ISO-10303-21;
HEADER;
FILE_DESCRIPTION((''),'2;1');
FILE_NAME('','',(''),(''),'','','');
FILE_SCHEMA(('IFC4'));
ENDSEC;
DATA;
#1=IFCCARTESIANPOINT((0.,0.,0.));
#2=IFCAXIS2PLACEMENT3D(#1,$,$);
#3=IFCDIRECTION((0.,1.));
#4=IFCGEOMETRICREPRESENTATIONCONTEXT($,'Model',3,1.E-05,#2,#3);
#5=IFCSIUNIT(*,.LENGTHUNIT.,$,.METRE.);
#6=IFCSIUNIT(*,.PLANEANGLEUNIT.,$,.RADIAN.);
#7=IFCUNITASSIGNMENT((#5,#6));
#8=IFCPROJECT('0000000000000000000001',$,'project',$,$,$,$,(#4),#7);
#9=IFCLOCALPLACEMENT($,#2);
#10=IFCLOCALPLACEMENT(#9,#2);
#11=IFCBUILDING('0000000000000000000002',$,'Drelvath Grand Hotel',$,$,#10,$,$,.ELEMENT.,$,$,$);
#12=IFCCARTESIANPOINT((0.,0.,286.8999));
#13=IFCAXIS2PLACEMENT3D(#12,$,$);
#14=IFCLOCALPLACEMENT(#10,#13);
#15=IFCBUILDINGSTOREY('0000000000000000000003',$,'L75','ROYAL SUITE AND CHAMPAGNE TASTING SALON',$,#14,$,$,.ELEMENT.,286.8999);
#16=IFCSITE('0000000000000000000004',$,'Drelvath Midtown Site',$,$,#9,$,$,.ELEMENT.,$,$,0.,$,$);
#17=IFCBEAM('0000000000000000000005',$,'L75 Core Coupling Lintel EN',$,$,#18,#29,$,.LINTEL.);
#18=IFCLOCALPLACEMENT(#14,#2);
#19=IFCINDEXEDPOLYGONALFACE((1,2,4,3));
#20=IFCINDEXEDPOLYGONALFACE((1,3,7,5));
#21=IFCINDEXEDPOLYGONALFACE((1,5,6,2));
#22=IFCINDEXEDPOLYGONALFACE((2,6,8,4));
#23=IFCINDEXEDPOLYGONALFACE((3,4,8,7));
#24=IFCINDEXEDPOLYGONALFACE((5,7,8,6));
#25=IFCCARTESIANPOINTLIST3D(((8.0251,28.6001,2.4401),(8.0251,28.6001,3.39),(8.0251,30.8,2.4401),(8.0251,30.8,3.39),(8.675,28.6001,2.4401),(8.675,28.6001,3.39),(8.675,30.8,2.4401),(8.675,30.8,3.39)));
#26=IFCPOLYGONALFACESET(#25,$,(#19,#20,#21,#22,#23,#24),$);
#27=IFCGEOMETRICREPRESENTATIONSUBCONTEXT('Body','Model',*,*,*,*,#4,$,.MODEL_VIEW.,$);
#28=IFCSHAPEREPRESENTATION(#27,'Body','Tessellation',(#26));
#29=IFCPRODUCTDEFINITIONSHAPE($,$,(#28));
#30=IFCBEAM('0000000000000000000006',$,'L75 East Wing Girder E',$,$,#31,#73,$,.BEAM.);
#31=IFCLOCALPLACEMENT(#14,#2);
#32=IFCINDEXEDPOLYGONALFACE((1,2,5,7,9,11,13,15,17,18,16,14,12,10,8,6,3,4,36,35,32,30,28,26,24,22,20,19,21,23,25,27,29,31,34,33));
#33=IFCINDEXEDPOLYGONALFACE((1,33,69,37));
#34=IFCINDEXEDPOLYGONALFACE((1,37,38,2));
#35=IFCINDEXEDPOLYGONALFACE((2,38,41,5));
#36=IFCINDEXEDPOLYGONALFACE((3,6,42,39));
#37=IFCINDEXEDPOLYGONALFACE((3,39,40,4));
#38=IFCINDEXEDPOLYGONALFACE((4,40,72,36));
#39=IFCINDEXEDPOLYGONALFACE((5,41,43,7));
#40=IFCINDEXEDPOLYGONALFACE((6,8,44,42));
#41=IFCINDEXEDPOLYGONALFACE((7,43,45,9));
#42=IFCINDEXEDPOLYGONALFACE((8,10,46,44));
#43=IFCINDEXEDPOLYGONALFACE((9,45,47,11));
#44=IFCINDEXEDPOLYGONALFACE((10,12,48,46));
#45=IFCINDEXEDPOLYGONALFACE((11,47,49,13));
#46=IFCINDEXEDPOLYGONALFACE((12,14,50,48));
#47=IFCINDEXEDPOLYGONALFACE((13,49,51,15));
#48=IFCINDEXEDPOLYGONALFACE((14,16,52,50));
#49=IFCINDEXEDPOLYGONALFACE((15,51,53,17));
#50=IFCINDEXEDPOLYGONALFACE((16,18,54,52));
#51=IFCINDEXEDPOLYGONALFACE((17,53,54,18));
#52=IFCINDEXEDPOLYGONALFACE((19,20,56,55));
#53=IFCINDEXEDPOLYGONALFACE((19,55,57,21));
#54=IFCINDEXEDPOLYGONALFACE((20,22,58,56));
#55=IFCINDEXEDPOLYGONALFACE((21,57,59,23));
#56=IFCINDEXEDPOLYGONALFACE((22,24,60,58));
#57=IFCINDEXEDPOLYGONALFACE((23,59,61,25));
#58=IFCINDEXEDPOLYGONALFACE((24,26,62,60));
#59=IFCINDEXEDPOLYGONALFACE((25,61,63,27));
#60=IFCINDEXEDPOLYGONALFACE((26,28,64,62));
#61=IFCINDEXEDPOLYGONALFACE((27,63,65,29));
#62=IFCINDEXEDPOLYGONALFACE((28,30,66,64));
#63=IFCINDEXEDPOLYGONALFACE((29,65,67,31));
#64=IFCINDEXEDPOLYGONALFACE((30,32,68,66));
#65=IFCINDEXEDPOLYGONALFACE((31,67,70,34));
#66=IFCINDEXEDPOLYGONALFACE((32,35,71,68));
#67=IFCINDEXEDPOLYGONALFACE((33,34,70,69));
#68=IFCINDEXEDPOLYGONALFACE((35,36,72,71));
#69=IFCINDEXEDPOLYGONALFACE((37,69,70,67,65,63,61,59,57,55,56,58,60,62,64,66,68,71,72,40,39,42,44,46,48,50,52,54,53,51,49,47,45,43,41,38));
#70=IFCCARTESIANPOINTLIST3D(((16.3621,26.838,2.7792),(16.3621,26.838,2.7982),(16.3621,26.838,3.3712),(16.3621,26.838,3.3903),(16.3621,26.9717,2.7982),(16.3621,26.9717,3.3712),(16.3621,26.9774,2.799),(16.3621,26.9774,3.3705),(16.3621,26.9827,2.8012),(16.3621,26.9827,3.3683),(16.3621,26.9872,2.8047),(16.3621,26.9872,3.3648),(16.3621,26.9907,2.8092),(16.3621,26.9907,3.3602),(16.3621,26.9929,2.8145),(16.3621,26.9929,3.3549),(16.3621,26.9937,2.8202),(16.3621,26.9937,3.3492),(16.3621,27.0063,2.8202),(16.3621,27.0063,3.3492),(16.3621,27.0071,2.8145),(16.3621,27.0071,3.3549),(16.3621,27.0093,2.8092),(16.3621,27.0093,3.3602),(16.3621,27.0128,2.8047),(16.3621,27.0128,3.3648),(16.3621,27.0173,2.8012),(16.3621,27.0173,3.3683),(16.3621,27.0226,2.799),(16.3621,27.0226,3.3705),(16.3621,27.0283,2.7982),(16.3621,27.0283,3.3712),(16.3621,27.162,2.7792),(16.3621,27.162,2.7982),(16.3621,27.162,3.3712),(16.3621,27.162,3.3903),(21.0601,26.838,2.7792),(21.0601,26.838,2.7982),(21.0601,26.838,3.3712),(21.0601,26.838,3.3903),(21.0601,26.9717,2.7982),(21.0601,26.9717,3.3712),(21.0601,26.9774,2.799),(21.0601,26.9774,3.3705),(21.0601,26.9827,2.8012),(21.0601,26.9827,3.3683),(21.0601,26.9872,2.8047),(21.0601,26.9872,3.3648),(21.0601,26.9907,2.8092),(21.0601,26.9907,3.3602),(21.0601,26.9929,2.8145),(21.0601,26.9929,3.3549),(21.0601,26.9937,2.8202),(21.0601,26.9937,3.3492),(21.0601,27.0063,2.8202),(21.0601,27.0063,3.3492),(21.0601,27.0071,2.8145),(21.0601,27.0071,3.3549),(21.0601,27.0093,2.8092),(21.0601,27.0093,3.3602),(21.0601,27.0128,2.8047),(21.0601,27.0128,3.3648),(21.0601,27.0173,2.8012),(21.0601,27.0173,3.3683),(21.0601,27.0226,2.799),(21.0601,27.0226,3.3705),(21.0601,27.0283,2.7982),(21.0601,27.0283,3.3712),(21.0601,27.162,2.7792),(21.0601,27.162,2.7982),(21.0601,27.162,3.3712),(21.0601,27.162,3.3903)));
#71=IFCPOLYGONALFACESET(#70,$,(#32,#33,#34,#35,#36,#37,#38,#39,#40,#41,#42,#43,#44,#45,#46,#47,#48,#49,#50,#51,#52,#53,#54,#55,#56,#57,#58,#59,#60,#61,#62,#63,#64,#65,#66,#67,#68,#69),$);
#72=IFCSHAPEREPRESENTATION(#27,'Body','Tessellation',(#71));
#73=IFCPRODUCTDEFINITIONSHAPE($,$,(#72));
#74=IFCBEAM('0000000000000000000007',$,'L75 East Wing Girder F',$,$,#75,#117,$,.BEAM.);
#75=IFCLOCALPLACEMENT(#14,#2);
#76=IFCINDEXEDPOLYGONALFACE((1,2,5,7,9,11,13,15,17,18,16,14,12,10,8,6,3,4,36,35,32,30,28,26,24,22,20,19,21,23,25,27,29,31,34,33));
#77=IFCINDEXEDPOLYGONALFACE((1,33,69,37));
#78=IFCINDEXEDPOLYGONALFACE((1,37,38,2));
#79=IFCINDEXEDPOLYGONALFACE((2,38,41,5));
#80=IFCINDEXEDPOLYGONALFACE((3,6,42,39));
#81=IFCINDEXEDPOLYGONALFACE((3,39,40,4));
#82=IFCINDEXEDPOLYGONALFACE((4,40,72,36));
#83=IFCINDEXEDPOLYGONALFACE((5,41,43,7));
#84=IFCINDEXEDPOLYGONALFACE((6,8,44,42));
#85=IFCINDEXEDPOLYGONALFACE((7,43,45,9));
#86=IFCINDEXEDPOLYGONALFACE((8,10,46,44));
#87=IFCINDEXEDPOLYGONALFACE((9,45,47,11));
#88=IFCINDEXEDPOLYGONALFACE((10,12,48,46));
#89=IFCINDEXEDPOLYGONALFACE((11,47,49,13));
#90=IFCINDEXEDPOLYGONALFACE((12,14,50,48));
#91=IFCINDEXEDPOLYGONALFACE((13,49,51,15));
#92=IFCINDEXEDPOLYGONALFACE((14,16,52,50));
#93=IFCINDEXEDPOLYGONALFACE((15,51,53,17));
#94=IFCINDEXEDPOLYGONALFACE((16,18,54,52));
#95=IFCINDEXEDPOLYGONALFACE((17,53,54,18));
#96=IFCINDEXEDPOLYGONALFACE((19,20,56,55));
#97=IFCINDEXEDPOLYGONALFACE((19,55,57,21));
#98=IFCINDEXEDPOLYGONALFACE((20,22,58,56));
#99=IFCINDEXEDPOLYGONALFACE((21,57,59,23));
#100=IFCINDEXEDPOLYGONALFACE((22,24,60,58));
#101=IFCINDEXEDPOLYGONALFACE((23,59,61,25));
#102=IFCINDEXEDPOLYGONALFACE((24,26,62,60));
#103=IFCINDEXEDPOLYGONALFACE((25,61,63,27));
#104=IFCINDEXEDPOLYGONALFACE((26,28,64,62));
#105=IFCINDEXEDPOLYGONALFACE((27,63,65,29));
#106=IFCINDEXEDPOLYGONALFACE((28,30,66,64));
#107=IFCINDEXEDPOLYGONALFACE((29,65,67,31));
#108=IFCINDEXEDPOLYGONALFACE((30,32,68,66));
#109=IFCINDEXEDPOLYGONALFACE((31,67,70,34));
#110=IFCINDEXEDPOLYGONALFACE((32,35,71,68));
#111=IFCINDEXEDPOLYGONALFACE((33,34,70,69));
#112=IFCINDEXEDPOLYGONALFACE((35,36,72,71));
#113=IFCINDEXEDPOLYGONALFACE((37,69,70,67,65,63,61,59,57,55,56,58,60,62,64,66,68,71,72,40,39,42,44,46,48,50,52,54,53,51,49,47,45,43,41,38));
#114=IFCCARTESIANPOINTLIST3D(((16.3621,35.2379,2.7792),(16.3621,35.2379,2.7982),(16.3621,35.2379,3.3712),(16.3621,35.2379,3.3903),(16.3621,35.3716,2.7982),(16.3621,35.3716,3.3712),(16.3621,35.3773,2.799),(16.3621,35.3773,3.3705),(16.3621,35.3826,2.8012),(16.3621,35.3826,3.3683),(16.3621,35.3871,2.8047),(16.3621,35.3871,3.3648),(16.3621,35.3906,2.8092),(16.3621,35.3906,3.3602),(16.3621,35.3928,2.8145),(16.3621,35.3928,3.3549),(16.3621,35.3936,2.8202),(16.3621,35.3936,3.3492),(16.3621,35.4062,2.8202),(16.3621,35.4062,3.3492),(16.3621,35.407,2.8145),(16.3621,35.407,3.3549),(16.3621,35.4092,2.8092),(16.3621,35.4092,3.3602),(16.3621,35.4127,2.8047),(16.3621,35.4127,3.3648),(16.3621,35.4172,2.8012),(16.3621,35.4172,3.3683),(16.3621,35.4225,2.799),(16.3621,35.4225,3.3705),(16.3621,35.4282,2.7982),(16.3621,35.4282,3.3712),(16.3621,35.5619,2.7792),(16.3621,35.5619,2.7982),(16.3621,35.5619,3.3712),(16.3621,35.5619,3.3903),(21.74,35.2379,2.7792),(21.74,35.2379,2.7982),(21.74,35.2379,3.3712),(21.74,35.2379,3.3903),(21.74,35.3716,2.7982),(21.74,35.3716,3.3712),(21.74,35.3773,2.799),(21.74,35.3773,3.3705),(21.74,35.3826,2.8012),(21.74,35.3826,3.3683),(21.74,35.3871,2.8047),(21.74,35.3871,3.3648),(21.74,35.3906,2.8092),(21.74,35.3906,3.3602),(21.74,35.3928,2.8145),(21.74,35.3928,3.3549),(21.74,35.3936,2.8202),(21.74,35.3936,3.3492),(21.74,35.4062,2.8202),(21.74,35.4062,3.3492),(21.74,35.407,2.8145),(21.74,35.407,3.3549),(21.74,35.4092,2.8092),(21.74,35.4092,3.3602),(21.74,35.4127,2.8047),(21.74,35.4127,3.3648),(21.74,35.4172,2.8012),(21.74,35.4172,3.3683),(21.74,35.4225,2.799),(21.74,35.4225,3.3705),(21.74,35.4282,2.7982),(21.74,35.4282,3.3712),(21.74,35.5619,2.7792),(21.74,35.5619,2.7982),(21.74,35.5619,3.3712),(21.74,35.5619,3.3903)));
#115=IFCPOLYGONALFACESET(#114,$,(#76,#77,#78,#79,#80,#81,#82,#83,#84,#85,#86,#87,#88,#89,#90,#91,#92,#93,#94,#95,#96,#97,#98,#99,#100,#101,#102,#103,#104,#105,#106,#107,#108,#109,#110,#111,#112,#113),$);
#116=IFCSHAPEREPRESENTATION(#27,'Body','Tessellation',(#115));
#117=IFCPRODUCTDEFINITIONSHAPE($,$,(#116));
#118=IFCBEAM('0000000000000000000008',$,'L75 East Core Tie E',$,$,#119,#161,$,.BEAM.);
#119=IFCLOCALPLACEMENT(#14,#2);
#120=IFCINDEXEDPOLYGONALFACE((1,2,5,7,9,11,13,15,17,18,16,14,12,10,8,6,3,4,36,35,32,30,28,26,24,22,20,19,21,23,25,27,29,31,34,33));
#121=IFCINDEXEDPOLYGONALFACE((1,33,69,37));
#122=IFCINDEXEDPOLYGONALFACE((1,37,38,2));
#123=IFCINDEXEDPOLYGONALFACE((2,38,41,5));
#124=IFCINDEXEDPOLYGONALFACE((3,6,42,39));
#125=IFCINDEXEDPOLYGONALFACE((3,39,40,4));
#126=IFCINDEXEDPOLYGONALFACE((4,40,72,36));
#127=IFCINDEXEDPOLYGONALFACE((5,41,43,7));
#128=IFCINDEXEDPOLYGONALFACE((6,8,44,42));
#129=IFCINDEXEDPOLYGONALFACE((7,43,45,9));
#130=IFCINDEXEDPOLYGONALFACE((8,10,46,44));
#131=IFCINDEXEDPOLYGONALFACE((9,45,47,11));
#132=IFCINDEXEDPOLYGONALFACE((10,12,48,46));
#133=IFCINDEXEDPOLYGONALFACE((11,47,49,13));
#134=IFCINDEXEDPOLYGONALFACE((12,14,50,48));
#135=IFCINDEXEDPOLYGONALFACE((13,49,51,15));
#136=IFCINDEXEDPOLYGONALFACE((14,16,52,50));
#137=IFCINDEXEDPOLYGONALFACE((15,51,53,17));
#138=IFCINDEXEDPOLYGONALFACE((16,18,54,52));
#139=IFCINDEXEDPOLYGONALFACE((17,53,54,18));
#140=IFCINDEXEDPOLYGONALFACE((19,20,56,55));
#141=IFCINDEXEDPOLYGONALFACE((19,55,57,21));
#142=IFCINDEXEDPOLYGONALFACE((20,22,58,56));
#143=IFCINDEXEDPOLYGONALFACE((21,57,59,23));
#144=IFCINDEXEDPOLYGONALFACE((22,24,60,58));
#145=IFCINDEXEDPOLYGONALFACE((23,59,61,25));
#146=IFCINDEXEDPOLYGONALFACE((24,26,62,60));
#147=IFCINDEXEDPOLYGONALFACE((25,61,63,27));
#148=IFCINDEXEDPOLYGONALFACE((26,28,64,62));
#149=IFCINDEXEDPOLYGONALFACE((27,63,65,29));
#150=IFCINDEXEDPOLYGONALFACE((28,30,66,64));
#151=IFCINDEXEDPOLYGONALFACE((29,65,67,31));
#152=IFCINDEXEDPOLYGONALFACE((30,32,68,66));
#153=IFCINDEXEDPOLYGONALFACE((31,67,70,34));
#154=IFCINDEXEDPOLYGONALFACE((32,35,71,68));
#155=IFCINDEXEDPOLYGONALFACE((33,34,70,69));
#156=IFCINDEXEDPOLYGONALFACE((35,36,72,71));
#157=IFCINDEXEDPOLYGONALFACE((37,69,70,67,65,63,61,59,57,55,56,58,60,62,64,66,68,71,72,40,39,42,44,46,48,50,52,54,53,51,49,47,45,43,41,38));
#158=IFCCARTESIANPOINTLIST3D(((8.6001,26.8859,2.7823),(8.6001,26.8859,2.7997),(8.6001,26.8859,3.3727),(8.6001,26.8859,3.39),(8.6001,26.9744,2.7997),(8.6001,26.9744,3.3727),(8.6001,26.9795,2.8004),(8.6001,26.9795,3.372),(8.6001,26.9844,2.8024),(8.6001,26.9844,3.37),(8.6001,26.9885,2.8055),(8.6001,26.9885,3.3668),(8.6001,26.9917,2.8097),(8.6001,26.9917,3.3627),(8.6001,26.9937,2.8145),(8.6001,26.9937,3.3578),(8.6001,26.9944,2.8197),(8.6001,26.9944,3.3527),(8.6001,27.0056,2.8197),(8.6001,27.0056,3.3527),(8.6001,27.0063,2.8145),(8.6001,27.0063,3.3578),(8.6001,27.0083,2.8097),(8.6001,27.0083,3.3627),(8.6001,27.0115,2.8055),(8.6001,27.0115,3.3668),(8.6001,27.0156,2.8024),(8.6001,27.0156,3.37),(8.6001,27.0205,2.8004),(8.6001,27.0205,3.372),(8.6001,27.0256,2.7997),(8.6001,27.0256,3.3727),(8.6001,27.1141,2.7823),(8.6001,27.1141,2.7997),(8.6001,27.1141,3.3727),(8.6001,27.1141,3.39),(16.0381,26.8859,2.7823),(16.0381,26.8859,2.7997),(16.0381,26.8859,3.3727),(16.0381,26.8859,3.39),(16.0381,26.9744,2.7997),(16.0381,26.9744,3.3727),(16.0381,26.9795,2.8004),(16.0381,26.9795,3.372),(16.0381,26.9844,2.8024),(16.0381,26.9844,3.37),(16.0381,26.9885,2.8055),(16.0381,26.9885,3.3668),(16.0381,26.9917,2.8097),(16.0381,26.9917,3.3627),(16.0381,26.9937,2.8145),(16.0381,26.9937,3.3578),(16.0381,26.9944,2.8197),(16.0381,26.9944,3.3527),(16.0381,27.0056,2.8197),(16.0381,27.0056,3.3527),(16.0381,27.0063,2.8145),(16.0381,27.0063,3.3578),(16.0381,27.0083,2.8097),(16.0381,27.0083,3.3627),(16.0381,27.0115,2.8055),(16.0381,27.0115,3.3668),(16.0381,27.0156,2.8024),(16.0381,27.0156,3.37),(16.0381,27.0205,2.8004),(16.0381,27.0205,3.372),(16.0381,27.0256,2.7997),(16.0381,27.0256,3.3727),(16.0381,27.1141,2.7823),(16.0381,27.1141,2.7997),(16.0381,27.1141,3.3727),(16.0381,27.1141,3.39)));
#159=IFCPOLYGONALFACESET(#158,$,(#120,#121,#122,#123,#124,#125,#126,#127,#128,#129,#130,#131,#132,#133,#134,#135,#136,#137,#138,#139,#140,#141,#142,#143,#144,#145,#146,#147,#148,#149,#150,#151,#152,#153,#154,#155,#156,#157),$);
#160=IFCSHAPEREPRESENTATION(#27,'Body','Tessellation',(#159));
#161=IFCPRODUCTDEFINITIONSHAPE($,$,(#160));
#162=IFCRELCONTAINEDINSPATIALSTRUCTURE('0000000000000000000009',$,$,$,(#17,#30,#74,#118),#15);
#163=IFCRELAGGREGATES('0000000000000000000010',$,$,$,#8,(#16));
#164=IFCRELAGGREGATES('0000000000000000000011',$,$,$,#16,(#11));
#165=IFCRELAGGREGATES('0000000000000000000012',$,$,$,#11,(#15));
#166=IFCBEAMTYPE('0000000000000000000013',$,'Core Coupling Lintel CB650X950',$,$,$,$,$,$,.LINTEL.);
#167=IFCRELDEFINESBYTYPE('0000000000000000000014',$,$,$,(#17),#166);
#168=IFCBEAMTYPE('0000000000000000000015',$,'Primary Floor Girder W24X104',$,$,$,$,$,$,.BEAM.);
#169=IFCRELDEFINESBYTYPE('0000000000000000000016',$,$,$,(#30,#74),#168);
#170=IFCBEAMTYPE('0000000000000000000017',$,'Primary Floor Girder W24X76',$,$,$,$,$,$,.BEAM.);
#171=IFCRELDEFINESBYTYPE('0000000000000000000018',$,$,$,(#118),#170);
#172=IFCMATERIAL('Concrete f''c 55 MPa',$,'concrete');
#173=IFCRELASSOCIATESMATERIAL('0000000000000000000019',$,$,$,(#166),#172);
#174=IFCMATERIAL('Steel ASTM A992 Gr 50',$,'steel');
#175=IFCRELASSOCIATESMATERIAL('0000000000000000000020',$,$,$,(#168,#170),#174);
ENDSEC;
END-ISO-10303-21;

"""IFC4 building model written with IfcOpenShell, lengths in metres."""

from ifc_helpers import new_model, si_unit, direction, frame, origin, origin_2d, place, context, subcontext, project, spatial, rectangle, i_section, extrude, material, material_profile, profile_set, type_object, element, save


model = new_model("IFC4")

# Units and contexts
model_context = context("Model", 3, precision=1e-05, world=origin(), true_north=direction((0.0, 1.0)))
body_context = subcontext(model_context, "Body", "Model", "MODEL_VIEW")
ifc_project = project(units=[si_unit("LENGTHUNIT", "METRE"), si_unit("PLANEANGLEUNIT", "RADIAN")], contexts=[model_context])

# Site, building, storey
site_placement = place(None, origin())
site = spatial("IfcSite", under=ifc_project, at=site_placement, Name="Drelvath Midtown Site", CompositionType="ELEMENT", RefElevation=0.0)
building_placement = place(site_placement, origin())
building = spatial("IfcBuilding", under=site, at=building_placement, Name="Drelvath Grand Hotel", CompositionType="ELEMENT")
storey_placement = place(building_placement, frame((0.0, 0.0, 286.8999)))
storey = spatial("IfcBuildingStorey", under=building, at=storey_placement, Name="L75", Description="ROYAL SUITE AND CHAMPAGNE TASTING SALON", CompositionType="ELEMENT", Elevation=286.8999)

# Beams
ifc_material_1 = material(Name="Concrete f'c 55 MPa", Category="concrete")
ifc_material_profile_1 = material_profile(ifc_material_1, rectangle(XDim=0.6499, YDim=0.95, at=origin_2d()), Name="CB650X950")
ifc_profile_set_1 = profile_set([ifc_material_profile_1], Name="Concrete f'c 55 MPa")
beam_type_1 = type_object("IfcBeamType", Name="Core Coupling Lintel CB650X950", PredefinedType="LINTEL", material=ifc_profile_set_1)
beam_1_placement = place(storey_placement, frame((8.3501, 28.6001, 2.915), z_axis=(0.0, 1.0, 0.0), x_axis=(-1.0, 0.0, 0.0)))
element("IfcBeam", 1, at=beam_1_placement, inside=storey, type_object=beam_type_1, Name="L75 Core Coupling Lintel EN", PredefinedType="LINTEL", context=body_context, shape_type="SweptSolid", body=[
    extrude(rectangle(XDim=0.6499, YDim=0.95, at=origin_2d()), origin(), (0.0, 0.0, 1.0), 2.2),
])
ifc_material_2 = material(Name="Steel ASTM A992 Gr 50", Category="steel")
ifc_material_profile_2 = material_profile(ifc_material_2, i_section(OverallWidth=0.324, OverallDepth=0.6111, WebThickness=0.0127, FlangeThickness=0.019, FilletRadius=0.022, at=origin_2d()), Name="W24X104")
ifc_profile_set_2 = profile_set([ifc_material_profile_2], Name="Steel ASTM A992 Gr 50")
beam_type_2 = type_object("IfcBeamType", Name="Primary Floor Girder W24X104", PredefinedType="BEAM", material=ifc_profile_set_2)
beam_2_placement = place(storey_placement, frame((16.3621, 27.0, 3.0847), z_axis=(1.0, 0.0, 0.0), x_axis=(0.0, 1.0, 0.0)))
element("IfcBeam", 2, at=beam_2_placement, inside=storey, type_object=beam_type_2, Name="L75 East Wing Girder E", PredefinedType="BEAM", context=body_context, shape_type="SweptSolid", body=[
    extrude(i_section(OverallWidth=0.324, OverallDepth=0.6111, WebThickness=0.0127, FlangeThickness=0.019, FilletRadius=0.022, at=origin_2d()), origin(), (0.0, 0.0, 1.0), 4.698),
])
beam_3_placement = place(storey_placement, frame((16.3621, 35.3999, 3.0847), z_axis=(1.0, 0.0, 0.0), x_axis=(0.0, 1.0, 0.0)))
element("IfcBeam", 3, at=beam_3_placement, inside=storey, type_object=beam_type_2, Name="L75 East Wing Girder F", PredefinedType="BEAM", context=body_context, shape_type="SweptSolid", body=[
    extrude(i_section(OverallWidth=0.324, OverallDepth=0.6111, WebThickness=0.0127, FlangeThickness=0.019, FilletRadius=0.022, at=origin_2d()), origin(), (0.0, 0.0, 1.0), 5.3779),
])
ifc_material_profile_3 = material_profile(ifc_material_2, i_section(OverallWidth=0.2283, OverallDepth=0.6077, WebThickness=0.0112, FlangeThickness=0.0173, FilletRadius=0.02, at=origin_2d()), Name="W24X76")
ifc_profile_set_3 = profile_set([ifc_material_profile_3], Name="Steel ASTM A992 Gr 50")
beam_type_3 = type_object("IfcBeamType", Name="Primary Floor Girder W24X76", PredefinedType="BEAM", material=ifc_profile_set_3)
for number, where, z_axis, x_axis, name in (
    (4, (8.6001, 27.0, 3.0862), (1.0, 0.0, 0.0), (0.0, 1.0, 0.0), "L75 East Core Tie E"),
):
    element("IfcBeam", number, at=place(storey_placement, frame(where, z_axis=z_axis, x_axis=x_axis)), inside=storey, type_object=beam_type_3, Name=name, PredefinedType="BEAM", context=body_context, shape_type="SweptSolid", body=[
        extrude(i_section(OverallWidth=0.2283, OverallDepth=0.6077, WebThickness=0.0112, FlangeThickness=0.0173, FilletRadius=0.02, at=origin_2d()), origin(), (0.0, 0.0, 1.0), 7.438),
    ])

save(model, "model.ifc")
